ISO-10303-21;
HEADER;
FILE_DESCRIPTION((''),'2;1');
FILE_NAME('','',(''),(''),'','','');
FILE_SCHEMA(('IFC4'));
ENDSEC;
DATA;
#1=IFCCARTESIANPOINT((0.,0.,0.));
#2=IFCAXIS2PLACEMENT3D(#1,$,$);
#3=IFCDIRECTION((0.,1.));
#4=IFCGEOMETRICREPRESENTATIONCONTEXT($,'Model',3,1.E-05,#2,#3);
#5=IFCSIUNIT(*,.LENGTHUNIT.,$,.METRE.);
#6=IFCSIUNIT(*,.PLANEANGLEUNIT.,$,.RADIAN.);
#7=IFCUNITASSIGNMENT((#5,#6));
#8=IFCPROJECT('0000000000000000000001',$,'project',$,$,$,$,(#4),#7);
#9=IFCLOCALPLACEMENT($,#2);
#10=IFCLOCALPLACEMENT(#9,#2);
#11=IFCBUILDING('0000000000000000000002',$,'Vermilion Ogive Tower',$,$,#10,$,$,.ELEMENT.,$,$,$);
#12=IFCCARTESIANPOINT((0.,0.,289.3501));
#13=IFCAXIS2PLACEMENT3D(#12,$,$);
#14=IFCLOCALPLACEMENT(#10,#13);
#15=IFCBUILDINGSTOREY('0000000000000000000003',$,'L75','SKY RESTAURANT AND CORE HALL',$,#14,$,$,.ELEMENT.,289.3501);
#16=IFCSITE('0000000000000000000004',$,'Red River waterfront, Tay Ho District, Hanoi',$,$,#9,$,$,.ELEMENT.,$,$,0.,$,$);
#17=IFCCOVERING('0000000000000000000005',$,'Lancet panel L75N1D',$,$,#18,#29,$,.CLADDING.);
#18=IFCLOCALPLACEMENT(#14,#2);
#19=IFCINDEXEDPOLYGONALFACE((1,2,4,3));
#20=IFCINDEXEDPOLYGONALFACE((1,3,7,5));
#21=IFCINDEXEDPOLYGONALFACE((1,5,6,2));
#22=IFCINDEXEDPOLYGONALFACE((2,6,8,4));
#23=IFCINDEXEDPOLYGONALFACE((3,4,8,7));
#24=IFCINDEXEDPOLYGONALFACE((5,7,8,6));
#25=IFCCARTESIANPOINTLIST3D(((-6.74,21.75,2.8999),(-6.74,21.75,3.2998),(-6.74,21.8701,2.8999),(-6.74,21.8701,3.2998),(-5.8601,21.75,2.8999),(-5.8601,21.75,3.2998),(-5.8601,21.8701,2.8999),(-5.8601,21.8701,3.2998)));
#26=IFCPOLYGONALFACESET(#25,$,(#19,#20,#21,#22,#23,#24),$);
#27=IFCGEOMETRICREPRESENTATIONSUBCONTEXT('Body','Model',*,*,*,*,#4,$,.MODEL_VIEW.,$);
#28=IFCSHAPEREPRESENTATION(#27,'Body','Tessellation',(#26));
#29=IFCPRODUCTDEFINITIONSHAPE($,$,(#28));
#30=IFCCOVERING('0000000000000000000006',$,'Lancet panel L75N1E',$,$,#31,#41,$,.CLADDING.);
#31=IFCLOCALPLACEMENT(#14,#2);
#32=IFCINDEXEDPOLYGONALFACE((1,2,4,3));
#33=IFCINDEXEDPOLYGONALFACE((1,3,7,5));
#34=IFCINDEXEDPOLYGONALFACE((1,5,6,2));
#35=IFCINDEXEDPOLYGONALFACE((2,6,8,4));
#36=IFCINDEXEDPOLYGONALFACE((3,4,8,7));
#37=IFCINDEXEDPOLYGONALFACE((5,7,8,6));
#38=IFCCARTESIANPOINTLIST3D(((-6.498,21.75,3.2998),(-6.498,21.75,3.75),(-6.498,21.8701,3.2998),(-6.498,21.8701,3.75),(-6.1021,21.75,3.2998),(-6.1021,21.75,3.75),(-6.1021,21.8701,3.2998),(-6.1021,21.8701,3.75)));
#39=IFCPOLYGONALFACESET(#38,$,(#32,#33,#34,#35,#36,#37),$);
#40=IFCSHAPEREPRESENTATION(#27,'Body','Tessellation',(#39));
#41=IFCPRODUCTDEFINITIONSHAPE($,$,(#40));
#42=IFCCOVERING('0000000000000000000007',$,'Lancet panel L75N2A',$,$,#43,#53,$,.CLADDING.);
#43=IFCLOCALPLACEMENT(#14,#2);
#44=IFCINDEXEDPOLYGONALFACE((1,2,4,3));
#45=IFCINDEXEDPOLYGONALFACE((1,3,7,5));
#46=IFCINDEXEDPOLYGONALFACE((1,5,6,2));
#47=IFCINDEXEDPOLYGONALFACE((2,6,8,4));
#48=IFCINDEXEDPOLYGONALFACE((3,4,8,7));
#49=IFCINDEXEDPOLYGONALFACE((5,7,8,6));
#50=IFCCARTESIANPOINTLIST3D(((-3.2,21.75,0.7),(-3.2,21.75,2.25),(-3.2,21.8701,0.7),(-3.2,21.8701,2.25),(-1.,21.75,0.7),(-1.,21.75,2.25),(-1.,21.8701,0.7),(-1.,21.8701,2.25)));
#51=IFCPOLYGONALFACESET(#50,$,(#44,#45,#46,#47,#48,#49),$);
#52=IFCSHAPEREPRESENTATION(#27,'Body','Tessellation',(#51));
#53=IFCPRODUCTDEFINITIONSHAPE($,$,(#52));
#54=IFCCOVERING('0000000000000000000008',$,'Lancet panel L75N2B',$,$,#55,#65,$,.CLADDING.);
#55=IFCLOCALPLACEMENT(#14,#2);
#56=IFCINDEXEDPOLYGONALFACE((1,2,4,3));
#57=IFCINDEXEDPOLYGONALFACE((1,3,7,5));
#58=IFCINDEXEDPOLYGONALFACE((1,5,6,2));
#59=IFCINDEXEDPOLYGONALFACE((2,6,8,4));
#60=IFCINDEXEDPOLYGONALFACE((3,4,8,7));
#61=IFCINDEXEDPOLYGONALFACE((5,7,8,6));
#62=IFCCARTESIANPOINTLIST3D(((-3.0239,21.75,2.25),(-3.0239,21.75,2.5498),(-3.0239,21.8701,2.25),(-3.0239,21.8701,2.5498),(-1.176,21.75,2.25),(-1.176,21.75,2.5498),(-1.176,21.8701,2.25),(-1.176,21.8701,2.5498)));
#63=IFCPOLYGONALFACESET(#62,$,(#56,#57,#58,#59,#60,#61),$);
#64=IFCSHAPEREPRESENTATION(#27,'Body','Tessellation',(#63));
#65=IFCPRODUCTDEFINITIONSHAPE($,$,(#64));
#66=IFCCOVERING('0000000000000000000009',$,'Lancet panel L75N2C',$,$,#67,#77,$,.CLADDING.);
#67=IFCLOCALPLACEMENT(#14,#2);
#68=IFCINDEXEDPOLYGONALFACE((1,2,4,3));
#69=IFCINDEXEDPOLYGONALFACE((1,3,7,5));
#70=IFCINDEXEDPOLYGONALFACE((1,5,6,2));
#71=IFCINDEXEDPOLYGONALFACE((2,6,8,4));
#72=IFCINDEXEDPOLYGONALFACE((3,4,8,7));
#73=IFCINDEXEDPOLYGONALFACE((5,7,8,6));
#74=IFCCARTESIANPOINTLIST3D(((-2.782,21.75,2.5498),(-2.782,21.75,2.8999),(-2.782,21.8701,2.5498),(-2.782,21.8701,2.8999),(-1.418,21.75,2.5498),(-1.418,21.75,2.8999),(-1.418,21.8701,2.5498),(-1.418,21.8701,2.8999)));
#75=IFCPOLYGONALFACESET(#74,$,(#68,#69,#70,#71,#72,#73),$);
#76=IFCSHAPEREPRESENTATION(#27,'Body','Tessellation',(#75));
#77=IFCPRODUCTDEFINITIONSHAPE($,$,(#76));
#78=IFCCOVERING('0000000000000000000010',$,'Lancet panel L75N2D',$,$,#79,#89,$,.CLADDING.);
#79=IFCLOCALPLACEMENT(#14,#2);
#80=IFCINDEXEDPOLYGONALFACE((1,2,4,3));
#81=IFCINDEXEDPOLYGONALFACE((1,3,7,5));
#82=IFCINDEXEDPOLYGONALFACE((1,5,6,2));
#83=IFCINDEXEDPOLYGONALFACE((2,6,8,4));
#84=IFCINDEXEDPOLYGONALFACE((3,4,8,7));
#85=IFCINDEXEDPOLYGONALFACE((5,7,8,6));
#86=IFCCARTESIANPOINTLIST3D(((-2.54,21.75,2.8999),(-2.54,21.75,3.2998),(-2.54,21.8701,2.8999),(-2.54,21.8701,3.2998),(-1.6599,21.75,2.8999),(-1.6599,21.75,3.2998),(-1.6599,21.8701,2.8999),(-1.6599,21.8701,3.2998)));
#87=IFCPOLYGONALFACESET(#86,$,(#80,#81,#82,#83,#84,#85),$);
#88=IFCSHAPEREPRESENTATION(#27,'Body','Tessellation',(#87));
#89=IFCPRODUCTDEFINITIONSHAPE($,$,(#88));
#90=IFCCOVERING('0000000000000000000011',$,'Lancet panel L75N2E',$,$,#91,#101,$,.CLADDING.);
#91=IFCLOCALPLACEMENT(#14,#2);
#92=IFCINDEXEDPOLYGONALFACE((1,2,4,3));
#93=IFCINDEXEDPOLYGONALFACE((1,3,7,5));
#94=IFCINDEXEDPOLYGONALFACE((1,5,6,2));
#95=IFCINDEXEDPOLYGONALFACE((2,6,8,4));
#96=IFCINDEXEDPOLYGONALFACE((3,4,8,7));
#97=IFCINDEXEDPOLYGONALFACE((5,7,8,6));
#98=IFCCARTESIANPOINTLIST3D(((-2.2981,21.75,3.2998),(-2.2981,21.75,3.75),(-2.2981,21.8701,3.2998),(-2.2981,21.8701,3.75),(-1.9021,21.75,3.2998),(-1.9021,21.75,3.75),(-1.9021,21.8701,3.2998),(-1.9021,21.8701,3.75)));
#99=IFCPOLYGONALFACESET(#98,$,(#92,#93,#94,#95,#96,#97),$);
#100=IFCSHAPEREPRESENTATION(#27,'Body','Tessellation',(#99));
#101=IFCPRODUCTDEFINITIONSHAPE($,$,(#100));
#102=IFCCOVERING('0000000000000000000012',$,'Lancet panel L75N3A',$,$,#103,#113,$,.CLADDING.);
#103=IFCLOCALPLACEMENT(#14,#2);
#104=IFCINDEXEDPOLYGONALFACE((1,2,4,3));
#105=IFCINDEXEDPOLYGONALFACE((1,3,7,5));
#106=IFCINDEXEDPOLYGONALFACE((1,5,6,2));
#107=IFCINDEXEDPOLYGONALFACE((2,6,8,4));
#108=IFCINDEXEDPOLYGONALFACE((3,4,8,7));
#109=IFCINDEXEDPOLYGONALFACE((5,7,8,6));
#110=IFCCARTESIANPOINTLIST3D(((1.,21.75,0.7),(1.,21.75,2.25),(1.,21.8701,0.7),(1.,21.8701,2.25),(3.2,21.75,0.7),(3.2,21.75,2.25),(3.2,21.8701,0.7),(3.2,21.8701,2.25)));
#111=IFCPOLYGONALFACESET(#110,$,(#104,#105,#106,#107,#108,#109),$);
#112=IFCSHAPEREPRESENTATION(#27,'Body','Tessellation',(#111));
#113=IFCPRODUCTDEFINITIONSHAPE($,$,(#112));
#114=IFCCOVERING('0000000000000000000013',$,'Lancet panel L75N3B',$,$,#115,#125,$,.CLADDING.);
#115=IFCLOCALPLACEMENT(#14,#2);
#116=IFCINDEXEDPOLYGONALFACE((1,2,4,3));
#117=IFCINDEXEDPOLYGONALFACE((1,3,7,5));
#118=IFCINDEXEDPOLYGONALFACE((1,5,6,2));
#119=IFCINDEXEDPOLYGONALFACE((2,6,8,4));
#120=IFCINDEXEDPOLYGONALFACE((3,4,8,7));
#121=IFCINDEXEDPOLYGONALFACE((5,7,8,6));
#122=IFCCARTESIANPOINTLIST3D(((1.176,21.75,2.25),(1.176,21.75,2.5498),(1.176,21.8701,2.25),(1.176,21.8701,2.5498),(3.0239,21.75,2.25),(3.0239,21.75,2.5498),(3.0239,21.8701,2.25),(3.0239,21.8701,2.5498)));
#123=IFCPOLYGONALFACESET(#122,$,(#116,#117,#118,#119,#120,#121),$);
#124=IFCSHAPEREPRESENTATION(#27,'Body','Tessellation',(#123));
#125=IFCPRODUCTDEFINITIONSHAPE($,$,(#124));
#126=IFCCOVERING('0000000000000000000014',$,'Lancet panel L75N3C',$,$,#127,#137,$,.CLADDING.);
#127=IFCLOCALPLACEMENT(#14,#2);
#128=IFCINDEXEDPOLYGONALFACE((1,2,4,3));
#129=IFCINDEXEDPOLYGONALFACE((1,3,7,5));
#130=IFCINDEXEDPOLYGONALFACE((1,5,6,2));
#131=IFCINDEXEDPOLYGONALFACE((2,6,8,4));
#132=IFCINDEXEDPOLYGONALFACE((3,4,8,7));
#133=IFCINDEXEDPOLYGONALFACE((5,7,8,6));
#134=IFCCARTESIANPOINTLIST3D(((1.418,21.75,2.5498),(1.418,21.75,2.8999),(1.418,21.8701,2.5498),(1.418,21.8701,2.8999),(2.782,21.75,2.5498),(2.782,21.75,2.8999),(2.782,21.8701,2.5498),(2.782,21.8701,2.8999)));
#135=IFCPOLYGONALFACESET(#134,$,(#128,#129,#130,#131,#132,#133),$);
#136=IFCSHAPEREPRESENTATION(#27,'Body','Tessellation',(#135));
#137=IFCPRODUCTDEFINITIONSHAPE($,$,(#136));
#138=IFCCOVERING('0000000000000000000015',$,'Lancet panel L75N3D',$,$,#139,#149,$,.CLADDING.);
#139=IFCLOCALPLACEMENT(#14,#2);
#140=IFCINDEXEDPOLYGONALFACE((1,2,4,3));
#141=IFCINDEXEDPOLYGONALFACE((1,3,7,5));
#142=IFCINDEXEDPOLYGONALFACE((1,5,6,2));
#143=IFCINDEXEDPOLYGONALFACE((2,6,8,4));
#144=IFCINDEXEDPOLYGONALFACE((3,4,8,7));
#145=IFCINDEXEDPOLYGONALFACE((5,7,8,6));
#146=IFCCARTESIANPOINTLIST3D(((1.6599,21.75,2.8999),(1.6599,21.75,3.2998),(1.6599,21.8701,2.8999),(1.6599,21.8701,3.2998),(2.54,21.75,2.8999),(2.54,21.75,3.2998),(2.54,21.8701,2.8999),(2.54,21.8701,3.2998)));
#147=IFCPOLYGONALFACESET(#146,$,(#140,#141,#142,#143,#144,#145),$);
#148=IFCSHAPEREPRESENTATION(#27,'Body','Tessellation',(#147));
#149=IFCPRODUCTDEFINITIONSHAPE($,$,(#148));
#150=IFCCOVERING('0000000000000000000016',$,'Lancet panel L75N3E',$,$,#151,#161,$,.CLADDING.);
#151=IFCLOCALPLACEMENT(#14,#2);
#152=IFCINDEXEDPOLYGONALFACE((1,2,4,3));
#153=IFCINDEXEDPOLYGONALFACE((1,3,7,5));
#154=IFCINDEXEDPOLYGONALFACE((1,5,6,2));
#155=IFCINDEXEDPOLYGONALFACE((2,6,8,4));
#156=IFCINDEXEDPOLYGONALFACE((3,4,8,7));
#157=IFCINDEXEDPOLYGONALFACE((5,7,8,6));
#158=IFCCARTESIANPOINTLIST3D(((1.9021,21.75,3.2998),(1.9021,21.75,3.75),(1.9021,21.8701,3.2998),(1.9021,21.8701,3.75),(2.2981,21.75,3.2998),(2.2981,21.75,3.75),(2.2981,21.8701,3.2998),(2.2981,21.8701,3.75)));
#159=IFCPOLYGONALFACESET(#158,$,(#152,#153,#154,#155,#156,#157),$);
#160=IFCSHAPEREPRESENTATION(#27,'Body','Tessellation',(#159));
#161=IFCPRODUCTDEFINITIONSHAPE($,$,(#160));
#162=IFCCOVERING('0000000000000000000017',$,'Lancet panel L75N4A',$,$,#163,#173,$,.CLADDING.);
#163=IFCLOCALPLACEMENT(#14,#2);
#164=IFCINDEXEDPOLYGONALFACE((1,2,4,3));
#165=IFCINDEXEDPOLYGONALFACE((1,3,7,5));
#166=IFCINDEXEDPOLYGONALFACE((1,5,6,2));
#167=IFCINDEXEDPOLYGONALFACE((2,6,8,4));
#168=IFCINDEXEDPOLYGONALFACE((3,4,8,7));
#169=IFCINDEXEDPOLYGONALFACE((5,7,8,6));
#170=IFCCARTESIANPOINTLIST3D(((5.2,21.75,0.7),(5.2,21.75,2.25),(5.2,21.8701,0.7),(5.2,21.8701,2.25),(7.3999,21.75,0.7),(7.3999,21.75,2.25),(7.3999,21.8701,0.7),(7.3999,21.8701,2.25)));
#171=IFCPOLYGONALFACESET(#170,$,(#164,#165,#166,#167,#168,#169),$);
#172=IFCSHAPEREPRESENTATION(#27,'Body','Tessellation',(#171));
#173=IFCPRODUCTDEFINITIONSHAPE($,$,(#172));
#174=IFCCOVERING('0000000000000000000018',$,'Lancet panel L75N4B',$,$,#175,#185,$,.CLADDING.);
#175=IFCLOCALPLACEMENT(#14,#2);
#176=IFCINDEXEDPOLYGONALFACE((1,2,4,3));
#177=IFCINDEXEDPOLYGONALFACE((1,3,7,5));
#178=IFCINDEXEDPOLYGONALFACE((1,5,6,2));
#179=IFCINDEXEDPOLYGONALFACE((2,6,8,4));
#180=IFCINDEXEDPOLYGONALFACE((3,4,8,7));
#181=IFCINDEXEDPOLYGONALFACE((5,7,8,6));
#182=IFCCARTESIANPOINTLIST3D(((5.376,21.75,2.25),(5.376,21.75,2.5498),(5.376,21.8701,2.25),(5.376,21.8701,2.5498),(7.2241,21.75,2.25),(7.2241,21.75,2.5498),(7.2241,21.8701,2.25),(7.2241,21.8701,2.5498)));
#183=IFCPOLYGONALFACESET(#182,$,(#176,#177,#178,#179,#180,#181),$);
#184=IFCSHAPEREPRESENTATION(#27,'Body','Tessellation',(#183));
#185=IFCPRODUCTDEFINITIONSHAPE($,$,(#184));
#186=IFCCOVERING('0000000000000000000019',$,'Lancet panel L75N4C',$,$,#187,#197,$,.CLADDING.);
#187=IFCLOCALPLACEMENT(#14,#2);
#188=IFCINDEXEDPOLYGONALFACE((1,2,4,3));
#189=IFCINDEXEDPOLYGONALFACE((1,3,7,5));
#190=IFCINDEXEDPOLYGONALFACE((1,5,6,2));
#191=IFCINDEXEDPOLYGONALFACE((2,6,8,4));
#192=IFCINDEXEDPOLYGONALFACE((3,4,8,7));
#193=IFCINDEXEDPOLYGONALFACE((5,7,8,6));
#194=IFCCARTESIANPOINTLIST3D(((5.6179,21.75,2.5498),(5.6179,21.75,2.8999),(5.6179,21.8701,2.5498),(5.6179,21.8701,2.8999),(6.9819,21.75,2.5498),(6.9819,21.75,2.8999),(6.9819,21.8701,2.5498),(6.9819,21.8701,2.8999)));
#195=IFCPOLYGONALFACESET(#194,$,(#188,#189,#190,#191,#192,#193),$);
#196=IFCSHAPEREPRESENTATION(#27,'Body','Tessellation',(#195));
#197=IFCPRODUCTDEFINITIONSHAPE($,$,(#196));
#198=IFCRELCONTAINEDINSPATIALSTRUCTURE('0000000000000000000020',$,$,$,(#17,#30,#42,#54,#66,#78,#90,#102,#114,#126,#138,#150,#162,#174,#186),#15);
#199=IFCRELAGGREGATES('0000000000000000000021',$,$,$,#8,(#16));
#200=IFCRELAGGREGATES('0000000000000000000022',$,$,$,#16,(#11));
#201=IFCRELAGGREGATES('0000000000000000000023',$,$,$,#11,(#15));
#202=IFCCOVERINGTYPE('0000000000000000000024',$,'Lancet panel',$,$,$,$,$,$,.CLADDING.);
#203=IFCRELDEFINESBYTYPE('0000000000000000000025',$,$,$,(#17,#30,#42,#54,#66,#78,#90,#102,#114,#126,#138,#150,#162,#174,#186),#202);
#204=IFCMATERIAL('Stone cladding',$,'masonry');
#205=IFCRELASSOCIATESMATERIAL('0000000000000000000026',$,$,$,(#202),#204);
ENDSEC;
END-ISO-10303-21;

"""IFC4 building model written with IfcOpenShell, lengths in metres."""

from ifc_helpers import new_model, si_unit, direction, frame, origin, place, context, subcontext, project, spatial, polyline, outline, extrude, material, type_object, element, save


model = new_model("IFC4")

# Units and contexts
model_context = context("Model", 3, precision=1e-05, world=origin(), true_north=direction((0.0, 1.0)))
body_context = subcontext(model_context, "Body", "Model", "MODEL_VIEW")
ifc_project = project(units=[si_unit("LENGTHUNIT", "METRE"), si_unit("PLANEANGLEUNIT", "RADIAN")], contexts=[model_context])

# Site, building, storey
site_placement = place(None, origin())
site = spatial("IfcSite", under=ifc_project, at=site_placement, Name="Red River waterfront, Tay Ho District, Hanoi", CompositionType="ELEMENT", RefElevation=0.0)
building_placement = place(site_placement, origin())
building = spatial("IfcBuilding", under=site, at=building_placement, Name="Vermilion Ogive Tower", CompositionType="ELEMENT")
storey_placement = place(building_placement, frame((0.0, 0.0, 289.3501)))
storey = spatial("IfcBuildingStorey", under=building, at=storey_placement, Name="L75", Description="SKY RESTAURANT AND CORE HALL", CompositionType="ELEMENT", Elevation=289.3501)

# Coverings
ifc_material_1 = material(Name="Stone cladding", Category="masonry")
covering_type_1 = type_object("IfcCoveringType", Name="Lancet panel", PredefinedType="CLADDING", material=ifc_material_1)
covering_1_placement = place(storey_placement, frame((0.0, 0.0, 2.8999)))
element("IfcCovering", 1, at=covering_1_placement, inside=storey, type_object=covering_type_1, Name="Lancet panel L75N1D", PredefinedType="CLADDING", context=body_context, shape_type="SweptSolid", body=[
    extrude(outline(polyline([(-6.74, 21.75), (-5.8601, 21.75), (-5.8601, 21.8701), (-6.74, 21.8701), (-6.74, 21.75)])), origin(), (0.0, 0.0, 1.0), 0.3999),
])
covering_2_placement = place(storey_placement, frame((0.0, 0.0, 3.2998)))
element("IfcCovering", 2, at=covering_2_placement, inside=storey, type_object=covering_type_1, Name="Lancet panel L75N1E", PredefinedType="CLADDING", context=body_context, shape_type="SweptSolid", body=[
    extrude(outline(polyline([(-6.498, 21.75), (-6.1021, 21.75), (-6.1021, 21.8701), (-6.498, 21.8701), (-6.498, 21.75)])), origin(), (0.0, 0.0, 1.0), 0.4502),
])
covering_3_placement = place(storey_placement, frame((0.0, 0.0, 0.7)))
element("IfcCovering", 3, at=covering_3_placement, inside=storey, type_object=covering_type_1, Name="Lancet panel L75N2A", PredefinedType="CLADDING", context=body_context, shape_type="SweptSolid", body=[
    extrude(outline(polyline([(-3.2, 21.75), (-1.0, 21.75), (-1.0, 21.8701), (-3.2, 21.8701), (-3.2, 21.75)])), origin(), (0.0, 0.0, 1.0), 1.55),
])
covering_4_placement = place(storey_placement, frame((0.0, 0.0, 2.25)))
element("IfcCovering", 4, at=covering_4_placement, inside=storey, type_object=covering_type_1, Name="Lancet panel L75N2B", PredefinedType="CLADDING", context=body_context, shape_type="SweptSolid", body=[
    extrude(outline(polyline([(-3.0239, 21.75), (-1.176, 21.75), (-1.176, 21.8701), (-3.0239, 21.8701), (-3.0239, 21.75)])), origin(), (0.0, 0.0, 1.0), 0.2998),
])
covering_5_placement = place(storey_placement, frame((0.0, 0.0, 2.5498)))
element("IfcCovering", 5, at=covering_5_placement, inside=storey, type_object=covering_type_1, Name="Lancet panel L75N2C", PredefinedType="CLADDING", context=body_context, shape_type="SweptSolid", body=[
    extrude(outline(polyline([(-2.782, 21.75), (-1.418, 21.75), (-1.418, 21.8701), (-2.782, 21.8701), (-2.782, 21.75)])), origin(), (0.0, 0.0, 1.0), 0.3501),
])
covering_6_placement = place(storey_placement, frame((0.0, 0.0, 2.8999)))
element("IfcCovering", 6, at=covering_6_placement, inside=storey, type_object=covering_type_1, Name="Lancet panel L75N2D", PredefinedType="CLADDING", context=body_context, shape_type="SweptSolid", body=[
    extrude(outline(polyline([(-2.54, 21.75), (-1.6599, 21.75), (-1.6599, 21.8701), (-2.54, 21.8701), (-2.54, 21.75)])), origin(), (0.0, 0.0, 1.0), 0.3999),
])
covering_7_placement = place(storey_placement, frame((0.0, 0.0, 3.2998)))
element("IfcCovering", 7, at=covering_7_placement, inside=storey, type_object=covering_type_1, Name="Lancet panel L75N2E", PredefinedType="CLADDING", context=body_context, shape_type="SweptSolid", body=[
    extrude(outline(polyline([(-2.2981, 21.75), (-1.9021, 21.75), (-1.9021, 21.8701), (-2.2981, 21.8701), (-2.2981, 21.75)])), origin(), (0.0, 0.0, 1.0), 0.4502),
])
covering_8_placement = place(storey_placement, frame((0.0, 0.0, 0.7)))
element("IfcCovering", 8, at=covering_8_placement, inside=storey, type_object=covering_type_1, Name="Lancet panel L75N3A", PredefinedType="CLADDING", context=body_context, shape_type="SweptSolid", body=[
    extrude(outline(polyline([(1.0, 21.75), (3.2, 21.75), (3.2, 21.8701), (1.0, 21.8701), (1.0, 21.75)])), origin(), (0.0, 0.0, 1.0), 1.55),
])
covering_9_placement = place(storey_placement, frame((0.0, 0.0, 2.25)))
element("IfcCovering", 9, at=covering_9_placement, inside=storey, type_object=covering_type_1, Name="Lancet panel L75N3B", PredefinedType="CLADDING", context=body_context, shape_type="SweptSolid", body=[
    extrude(outline(polyline([(1.176, 21.75), (3.0239, 21.75), (3.0239, 21.8701), (1.176, 21.8701), (1.176, 21.75)])), origin(), (0.0, 0.0, 1.0), 0.2998),
])
covering_10_placement = place(storey_placement, frame((0.0, 0.0, 2.5498)))
element("IfcCovering", 10, at=covering_10_placement, inside=storey, type_object=covering_type_1, Name="Lancet panel L75N3C", PredefinedType="CLADDING", context=body_context, shape_type="SweptSolid", body=[
    extrude(outline(polyline([(1.418, 21.75), (2.782, 21.75), (2.782, 21.8701), (1.418, 21.8701), (1.418, 21.75)])), origin(), (0.0, 0.0, 1.0), 0.3501),
])
covering_11_placement = place(storey_placement, frame((0.0, 0.0, 2.8999)))
element("IfcCovering", 11, at=covering_11_placement, inside=storey, type_object=covering_type_1, Name="Lancet panel L75N3D", PredefinedType="CLADDING", context=body_context, shape_type="SweptSolid", body=[
    extrude(outline(polyline([(1.6599, 21.75), (2.54, 21.75), (2.54, 21.8701), (1.6599, 21.8701), (1.6599, 21.75)])), origin(), (0.0, 0.0, 1.0), 0.3999),
])
covering_12_placement = place(storey_placement, frame((0.0, 0.0, 3.2998)))
element("IfcCovering", 12, at=covering_12_placement, inside=storey, type_object=covering_type_1, Name="Lancet panel L75N3E", PredefinedType="CLADDING", context=body_context, shape_type="SweptSolid", body=[
    extrude(outline(polyline([(1.9021, 21.75), (2.2981, 21.75), (2.2981, 21.8701), (1.9021, 21.8701), (1.9021, 21.75)])), origin(), (0.0, 0.0, 1.0), 0.4502),
])
covering_13_placement = place(storey_placement, frame((0.0, 0.0, 0.7)))
element("IfcCovering", 13, at=covering_13_placement, inside=storey, type_object=covering_type_1, Name="Lancet panel L75N4A", PredefinedType="CLADDING", context=body_context, shape_type="SweptSolid", body=[
    extrude(outline(polyline([(5.2, 21.75), (7.3999, 21.75), (7.3999, 21.8701), (5.2, 21.8701), (5.2, 21.75)])), origin(), (0.0, 0.0, 1.0), 1.55),
])
covering_14_placement = place(storey_placement, frame((0.0, 0.0, 2.25)))
element("IfcCovering", 14, at=covering_14_placement, inside=storey, type_object=covering_type_1, Name="Lancet panel L75N4B", PredefinedType="CLADDING", context=body_context, shape_type="SweptSolid", body=[
    extrude(outline(polyline([(5.376, 21.75), (7.2241, 21.75), (7.2241, 21.8701), (5.376, 21.8701), (5.376, 21.75)])), origin(), (0.0, 0.0, 1.0), 0.2998),
])
covering_15_placement = place(storey_placement, frame((0.0, 0.0, 2.5498)))
element("IfcCovering", 15, at=covering_15_placement, inside=storey, type_object=covering_type_1, Name="Lancet panel L75N4C", PredefinedType="CLADDING", context=body_context, shape_type="SweptSolid", body=[
    extrude(outline(polyline([(5.6179, 21.75), (6.9819, 21.75), (6.9819, 21.8701), (5.6179, 21.8701), (5.6179, 21.75)])), origin(), (0.0, 0.0, 1.0), 0.3501),
])

save(model, "model.ifc")
